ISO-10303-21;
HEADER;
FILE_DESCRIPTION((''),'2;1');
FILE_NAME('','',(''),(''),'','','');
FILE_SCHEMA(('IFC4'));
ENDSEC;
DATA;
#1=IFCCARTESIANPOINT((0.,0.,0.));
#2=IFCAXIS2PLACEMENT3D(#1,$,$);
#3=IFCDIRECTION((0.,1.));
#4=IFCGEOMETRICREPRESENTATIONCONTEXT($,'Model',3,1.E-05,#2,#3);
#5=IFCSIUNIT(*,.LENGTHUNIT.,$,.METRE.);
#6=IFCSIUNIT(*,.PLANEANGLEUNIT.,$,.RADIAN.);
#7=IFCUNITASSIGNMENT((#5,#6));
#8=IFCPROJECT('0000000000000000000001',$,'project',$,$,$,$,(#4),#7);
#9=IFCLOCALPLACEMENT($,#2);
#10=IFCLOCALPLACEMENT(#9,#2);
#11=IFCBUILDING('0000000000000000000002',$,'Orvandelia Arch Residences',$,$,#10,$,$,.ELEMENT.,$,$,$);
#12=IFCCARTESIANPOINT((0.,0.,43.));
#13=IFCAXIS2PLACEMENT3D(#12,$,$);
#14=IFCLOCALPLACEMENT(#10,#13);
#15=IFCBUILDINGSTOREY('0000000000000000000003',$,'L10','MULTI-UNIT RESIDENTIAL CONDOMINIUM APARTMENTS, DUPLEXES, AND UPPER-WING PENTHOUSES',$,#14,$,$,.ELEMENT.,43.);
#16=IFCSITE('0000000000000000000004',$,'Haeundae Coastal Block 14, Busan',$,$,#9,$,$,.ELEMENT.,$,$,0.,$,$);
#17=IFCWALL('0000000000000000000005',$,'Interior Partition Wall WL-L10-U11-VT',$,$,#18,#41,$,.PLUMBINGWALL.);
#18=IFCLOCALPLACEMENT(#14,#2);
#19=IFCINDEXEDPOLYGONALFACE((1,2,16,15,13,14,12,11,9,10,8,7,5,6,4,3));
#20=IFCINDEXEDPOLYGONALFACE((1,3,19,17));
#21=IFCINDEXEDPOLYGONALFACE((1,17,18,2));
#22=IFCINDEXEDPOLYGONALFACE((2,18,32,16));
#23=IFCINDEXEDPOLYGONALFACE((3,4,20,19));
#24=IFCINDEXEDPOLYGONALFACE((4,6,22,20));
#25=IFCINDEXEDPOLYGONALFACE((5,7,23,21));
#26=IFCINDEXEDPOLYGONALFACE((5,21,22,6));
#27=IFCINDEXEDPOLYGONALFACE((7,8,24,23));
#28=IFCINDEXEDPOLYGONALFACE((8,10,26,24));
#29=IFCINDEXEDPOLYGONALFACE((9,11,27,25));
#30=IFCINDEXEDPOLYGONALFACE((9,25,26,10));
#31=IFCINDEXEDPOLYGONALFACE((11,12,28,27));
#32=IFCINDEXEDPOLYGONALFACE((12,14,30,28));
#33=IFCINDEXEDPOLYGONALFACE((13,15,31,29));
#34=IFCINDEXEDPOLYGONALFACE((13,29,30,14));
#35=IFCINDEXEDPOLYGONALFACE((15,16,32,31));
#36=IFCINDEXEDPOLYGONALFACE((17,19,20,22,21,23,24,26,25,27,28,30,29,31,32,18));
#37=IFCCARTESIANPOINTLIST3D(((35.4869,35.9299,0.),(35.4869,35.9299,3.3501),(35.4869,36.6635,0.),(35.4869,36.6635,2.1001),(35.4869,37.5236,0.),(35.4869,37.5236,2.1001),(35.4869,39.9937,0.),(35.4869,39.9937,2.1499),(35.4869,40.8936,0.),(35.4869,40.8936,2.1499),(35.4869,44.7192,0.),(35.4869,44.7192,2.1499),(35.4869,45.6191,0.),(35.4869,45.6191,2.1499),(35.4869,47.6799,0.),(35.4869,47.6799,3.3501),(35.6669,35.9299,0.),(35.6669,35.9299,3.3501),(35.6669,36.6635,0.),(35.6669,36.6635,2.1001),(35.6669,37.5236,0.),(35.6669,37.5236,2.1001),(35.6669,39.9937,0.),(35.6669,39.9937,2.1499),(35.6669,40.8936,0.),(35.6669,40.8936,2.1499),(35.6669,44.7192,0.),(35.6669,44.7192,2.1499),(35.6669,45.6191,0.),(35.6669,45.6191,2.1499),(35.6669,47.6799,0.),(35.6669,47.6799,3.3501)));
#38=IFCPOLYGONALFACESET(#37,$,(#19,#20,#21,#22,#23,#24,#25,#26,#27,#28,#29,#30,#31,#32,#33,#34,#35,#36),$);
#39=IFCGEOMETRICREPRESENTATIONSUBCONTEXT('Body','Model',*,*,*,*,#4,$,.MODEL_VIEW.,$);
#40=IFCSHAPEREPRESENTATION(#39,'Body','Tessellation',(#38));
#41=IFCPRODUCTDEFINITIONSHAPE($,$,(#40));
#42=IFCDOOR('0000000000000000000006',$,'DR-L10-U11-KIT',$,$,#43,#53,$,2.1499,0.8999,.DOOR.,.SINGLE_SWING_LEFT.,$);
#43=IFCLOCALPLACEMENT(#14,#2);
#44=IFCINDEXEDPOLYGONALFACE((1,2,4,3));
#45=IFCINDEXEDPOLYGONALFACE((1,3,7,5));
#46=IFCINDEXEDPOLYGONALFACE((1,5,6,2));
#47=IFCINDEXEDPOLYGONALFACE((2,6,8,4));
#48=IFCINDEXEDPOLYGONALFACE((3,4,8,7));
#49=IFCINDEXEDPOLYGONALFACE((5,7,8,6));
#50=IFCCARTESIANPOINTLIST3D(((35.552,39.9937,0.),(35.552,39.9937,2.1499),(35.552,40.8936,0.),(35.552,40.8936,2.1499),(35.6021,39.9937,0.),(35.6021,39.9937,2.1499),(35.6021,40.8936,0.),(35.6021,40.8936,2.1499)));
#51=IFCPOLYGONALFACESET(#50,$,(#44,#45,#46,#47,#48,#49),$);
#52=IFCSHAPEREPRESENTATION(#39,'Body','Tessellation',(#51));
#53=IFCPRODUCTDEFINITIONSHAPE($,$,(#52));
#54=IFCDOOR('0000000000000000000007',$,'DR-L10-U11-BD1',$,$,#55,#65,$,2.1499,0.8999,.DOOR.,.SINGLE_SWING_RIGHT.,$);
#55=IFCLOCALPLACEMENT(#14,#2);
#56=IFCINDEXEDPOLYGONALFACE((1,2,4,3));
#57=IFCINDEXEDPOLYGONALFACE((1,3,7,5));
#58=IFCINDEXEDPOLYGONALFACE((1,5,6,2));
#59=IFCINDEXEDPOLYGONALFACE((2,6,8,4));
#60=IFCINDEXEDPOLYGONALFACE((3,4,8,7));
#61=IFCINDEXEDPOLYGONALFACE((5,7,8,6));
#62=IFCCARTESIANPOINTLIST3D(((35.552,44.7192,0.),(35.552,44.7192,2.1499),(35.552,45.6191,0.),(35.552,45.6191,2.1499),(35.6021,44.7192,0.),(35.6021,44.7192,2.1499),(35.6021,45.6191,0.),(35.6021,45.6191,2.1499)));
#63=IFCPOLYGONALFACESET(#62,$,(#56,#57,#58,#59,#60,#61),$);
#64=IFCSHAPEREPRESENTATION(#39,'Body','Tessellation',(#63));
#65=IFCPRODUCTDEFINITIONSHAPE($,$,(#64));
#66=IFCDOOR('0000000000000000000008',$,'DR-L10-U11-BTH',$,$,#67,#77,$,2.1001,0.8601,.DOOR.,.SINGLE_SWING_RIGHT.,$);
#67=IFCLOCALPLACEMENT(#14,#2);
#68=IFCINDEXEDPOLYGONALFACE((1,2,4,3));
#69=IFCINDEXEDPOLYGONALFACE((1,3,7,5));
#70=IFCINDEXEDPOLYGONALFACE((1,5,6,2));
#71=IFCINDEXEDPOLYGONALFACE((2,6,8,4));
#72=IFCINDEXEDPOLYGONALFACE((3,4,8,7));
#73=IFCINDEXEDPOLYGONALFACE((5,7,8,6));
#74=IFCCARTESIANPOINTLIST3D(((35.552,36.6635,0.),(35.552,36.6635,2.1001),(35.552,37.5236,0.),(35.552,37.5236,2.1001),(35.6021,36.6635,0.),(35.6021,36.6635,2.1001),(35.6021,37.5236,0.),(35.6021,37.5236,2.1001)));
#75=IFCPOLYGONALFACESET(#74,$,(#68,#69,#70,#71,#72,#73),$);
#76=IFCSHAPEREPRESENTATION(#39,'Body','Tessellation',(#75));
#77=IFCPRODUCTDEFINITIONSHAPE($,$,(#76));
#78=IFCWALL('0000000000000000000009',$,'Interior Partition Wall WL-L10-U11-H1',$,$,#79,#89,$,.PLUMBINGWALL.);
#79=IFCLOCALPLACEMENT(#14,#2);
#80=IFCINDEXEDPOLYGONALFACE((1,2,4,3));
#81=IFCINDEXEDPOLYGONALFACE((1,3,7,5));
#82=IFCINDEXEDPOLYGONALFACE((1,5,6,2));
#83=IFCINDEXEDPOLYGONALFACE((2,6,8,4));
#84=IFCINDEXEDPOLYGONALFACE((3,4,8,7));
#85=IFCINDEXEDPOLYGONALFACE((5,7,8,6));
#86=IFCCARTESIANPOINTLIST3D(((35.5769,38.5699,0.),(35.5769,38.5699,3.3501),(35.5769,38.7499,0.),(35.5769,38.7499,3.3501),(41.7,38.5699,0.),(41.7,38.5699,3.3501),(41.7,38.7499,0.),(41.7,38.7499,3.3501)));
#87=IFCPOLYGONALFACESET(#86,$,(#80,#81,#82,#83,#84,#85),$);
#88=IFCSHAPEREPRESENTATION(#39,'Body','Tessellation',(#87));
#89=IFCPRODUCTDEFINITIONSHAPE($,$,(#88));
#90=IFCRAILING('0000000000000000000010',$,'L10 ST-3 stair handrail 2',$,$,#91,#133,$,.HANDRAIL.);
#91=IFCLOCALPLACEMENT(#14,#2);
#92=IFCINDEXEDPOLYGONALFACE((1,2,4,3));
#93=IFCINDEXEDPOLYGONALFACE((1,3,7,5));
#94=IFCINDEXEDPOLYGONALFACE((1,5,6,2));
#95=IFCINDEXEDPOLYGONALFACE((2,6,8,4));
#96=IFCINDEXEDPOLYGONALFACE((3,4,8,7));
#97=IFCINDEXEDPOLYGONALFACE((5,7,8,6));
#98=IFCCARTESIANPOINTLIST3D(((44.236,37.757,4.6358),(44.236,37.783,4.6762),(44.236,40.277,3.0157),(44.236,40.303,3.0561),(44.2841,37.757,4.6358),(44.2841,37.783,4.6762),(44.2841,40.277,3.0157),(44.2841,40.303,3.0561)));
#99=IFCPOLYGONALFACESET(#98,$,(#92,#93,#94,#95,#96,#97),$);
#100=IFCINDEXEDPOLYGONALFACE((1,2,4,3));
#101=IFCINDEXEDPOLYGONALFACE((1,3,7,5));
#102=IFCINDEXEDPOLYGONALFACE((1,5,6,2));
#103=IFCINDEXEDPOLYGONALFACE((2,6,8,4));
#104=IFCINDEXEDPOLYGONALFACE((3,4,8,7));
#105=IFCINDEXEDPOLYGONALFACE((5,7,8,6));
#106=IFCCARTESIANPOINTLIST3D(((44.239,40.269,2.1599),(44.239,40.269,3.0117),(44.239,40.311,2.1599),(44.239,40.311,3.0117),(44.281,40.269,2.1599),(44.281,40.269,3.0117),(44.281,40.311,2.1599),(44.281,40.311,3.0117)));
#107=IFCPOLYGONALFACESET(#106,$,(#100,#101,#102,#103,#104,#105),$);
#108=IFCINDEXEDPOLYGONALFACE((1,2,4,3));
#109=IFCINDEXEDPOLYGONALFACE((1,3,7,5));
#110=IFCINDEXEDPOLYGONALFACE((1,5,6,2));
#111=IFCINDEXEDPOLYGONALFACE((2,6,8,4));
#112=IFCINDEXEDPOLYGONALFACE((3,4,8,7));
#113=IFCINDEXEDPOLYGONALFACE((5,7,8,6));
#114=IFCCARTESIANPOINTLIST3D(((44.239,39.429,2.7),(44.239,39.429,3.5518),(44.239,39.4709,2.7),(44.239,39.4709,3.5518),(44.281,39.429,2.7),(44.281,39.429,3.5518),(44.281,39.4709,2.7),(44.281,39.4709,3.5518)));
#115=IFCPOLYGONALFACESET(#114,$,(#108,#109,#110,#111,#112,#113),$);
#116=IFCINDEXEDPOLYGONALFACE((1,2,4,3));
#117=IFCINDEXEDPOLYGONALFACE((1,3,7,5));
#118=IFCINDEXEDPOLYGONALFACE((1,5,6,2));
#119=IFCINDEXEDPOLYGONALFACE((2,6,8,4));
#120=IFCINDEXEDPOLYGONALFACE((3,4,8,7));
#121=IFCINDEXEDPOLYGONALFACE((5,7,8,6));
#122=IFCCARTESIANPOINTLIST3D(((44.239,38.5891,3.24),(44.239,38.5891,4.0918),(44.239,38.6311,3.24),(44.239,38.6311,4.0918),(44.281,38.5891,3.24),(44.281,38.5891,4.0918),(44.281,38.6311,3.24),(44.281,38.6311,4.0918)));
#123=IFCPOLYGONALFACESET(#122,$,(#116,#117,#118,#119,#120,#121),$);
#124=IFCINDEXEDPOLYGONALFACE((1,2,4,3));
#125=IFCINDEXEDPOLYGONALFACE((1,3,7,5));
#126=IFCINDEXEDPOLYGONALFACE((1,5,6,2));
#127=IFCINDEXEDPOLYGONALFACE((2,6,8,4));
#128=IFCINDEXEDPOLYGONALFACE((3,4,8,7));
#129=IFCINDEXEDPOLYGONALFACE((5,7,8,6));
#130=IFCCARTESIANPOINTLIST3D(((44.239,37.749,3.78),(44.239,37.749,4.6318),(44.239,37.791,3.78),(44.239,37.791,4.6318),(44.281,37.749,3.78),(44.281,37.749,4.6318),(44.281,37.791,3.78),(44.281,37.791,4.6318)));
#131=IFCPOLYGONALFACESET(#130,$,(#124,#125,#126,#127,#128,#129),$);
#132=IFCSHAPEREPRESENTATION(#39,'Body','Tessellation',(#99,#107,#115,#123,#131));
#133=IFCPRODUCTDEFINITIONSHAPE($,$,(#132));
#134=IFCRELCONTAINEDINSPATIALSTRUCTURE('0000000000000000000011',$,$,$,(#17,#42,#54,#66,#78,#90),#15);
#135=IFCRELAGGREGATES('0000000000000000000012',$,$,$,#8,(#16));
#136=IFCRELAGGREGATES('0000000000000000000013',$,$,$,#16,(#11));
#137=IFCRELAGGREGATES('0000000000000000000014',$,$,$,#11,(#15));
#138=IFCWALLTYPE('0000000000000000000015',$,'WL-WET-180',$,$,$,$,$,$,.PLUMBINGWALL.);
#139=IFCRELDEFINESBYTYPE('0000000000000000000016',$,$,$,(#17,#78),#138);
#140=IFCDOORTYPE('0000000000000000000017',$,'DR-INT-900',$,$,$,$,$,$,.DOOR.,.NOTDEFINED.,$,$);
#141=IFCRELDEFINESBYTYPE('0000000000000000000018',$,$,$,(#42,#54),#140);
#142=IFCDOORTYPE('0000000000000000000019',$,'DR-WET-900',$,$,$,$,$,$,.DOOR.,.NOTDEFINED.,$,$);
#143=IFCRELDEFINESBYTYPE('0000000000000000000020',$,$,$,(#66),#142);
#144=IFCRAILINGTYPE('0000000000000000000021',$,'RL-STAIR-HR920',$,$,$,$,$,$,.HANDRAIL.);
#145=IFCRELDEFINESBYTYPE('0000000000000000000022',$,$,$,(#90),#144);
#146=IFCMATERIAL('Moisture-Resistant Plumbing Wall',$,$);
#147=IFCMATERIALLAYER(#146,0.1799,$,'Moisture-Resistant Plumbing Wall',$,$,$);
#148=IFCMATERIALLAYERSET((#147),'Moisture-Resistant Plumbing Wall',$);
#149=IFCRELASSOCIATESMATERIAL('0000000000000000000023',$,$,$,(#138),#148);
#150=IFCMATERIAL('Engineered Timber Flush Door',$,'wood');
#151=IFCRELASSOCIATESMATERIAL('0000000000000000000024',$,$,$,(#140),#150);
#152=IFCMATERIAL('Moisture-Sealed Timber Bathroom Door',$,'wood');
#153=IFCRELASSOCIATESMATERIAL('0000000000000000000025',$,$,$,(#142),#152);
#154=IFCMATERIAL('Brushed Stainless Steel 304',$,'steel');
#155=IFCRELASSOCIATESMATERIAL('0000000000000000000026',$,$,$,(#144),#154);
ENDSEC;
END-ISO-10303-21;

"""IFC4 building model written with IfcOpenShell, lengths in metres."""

from ifc_helpers import new_model, si_unit, direction, frame, frame_2d, origin, origin_2d, place, context, subcontext, project, spatial, rectangle, extrude, material, layer, layer_set, type_object, element, fill, save


model = new_model("IFC4")

# Units and contexts
model_context = context("Model", 3, precision=1e-05, world=origin(), true_north=direction((0.0, 1.0)))
body_context = subcontext(model_context, "Body", "Model", "MODEL_VIEW")
ifc_project = project(units=[si_unit("LENGTHUNIT", "METRE"), si_unit("PLANEANGLEUNIT", "RADIAN")], contexts=[model_context])

# Site, building, storey
site_placement = place(None, origin())
site = spatial("IfcSite", under=ifc_project, at=site_placement, Name="Haeundae Coastal Block 14, Busan", CompositionType="ELEMENT", RefElevation=0.0)
building_placement = place(site_placement, origin())
building = spatial("IfcBuilding", under=site, at=building_placement, Name="Orvandelia Arch Residences", CompositionType="ELEMENT")
storey_placement = place(building_placement, frame((0.0, 0.0, 43.0)))
storey = spatial("IfcBuildingStorey", under=building, at=storey_placement, Name="L10", Description="MULTI-UNIT RESIDENTIAL CONDOMINIUM APARTMENTS, DUPLEXES, AND UPPER-WING PENTHOUSES", CompositionType="ELEMENT", Elevation=43.0)

# Wall, openings, doors
ifc_material_1 = material(Name="Moisture-Resistant Plumbing Wall")
ifc_layer_1 = layer(ifc_material_1, 0.1799, Name="Moisture-Resistant Plumbing Wall")
ifc_layer_set_1 = layer_set([ifc_layer_1], Name="Moisture-Resistant Plumbing Wall")
wall_type_1 = type_object("IfcWallType", Name="WL-WET-180", PredefinedType="PLUMBINGWALL", material=ifc_layer_set_1)
wall_1_placement = place(storey_placement, frame((35.5769, 35.9299, 0.0), z_axis=(0.0, 0.0, 1.0), x_axis=(0.0, 1.0, 0.0)))
wall_1 = element("IfcWall", 1, at=wall_1_placement, inside=storey, type_object=wall_type_1, Name="Interior Partition Wall WL-L10-U11-VT", PredefinedType="PLUMBINGWALL", context=body_context, shape_type="SweptSolid", body=[
    extrude(rectangle(XDim=11.75, YDim=0.1799, at=frame_2d((5.875, 0.0))), origin(), (0.0, 0.0, 1.0), 3.3501),
])
opening_1_placement = place(wall_1_placement, frame((0.7334, 0.0, 0.0)))
opening_1 = element("IfcOpeningElement", 2, at=opening_1_placement, cuts=wall_1, PredefinedType="OPENING", context=body_context, shape_type="SweptSolid", body=[
    extrude(rectangle(XDim=0.8601, YDim=2.1001, at=frame_2d((0.4302, 1.05))), frame((0.0, 0.1001, 0.0), z_axis=(0.0, -1.0, 0.0), x_axis=(1.0, 0.0, 0.0)), (0.0, 0.0, 1.0), 0.2),
])
opening_2_placement = place(wall_1_placement, frame((4.0637, 0.0, 0.0)))
opening_2 = element("IfcOpeningElement", 3, at=opening_2_placement, cuts=wall_1, PredefinedType="OPENING", context=body_context, shape_type="SweptSolid", body=[
    extrude(rectangle(XDim=0.8999, YDim=2.1499, at=frame_2d((0.45, 1.075))), frame((0.0, 0.1001, 0.0), z_axis=(0.0, -1.0, 0.0), x_axis=(1.0, 0.0, 0.0)), (0.0, 0.0, 1.0), 0.2),
])
opening_3_placement = place(wall_1_placement, frame((8.7893, 0.0, 0.0)))
opening_3 = element("IfcOpeningElement", 4, at=opening_3_placement, cuts=wall_1, PredefinedType="OPENING", context=body_context, shape_type="SweptSolid", body=[
    extrude(rectangle(XDim=0.8999, YDim=2.1499, at=frame_2d((0.45, 1.075))), frame((0.0, 0.1001, 0.0), z_axis=(0.0, -1.0, 0.0), x_axis=(1.0, 0.0, 0.0)), (0.0, 0.0, 1.0), 0.2),
])
ifc_material_2 = material(Name="Engineered Timber Flush Door", Category="wood")
door_type_1 = type_object("IfcDoorType", Name="DR-INT-900", OperationType="NOTDEFINED", PredefinedType="DOOR", material=ifc_material_2)
door_1_placement = place(opening_2_placement, origin())
door_1 = element("IfcDoor", 5, at=door_1_placement, inside=storey, type_object=door_type_1, Name="DR-L10-U11-KIT", OperationType="SINGLE_SWING_LEFT", OverallHeight=2.1499, OverallWidth=0.8999, PredefinedType="DOOR", context=body_context, shape_type="SweptSolid", body=[
    extrude(rectangle(XDim=0.8999, YDim=2.1499, at=frame_2d((0.45, 1.075))), frame((0.0, 0.0249, 0.0), z_axis=(0.0, -1.0, 0.0), x_axis=(1.0, 0.0, 0.0)), (0.0, 0.0, 1.0), 0.05),
])
fill(opening_2, door_1)
door_2_placement = place(opening_3_placement, origin())
door_2 = element("IfcDoor", 6, at=door_2_placement, inside=storey, type_object=door_type_1, Name="DR-L10-U11-BD1", OperationType="SINGLE_SWING_RIGHT", OverallHeight=2.1499, OverallWidth=0.8999, PredefinedType="DOOR", context=body_context, shape_type="SweptSolid", body=[
    extrude(rectangle(XDim=0.8999, YDim=2.1499, at=frame_2d((0.45, 1.075))), frame((0.0, 0.0249, 0.0), z_axis=(0.0, -1.0, 0.0), x_axis=(1.0, 0.0, 0.0)), (0.0, 0.0, 1.0), 0.05),
])
fill(opening_3, door_2)
ifc_material_3 = material(Name="Moisture-Sealed Timber Bathroom Door", Category="wood")
door_type_2 = type_object("IfcDoorType", Name="DR-WET-900", OperationType="NOTDEFINED", PredefinedType="DOOR", material=ifc_material_3)
door_3_placement = place(opening_1_placement, origin())
door_3 = element("IfcDoor", 7, at=door_3_placement, inside=storey, type_object=door_type_2, Name="DR-L10-U11-BTH", OperationType="SINGLE_SWING_RIGHT", OverallHeight=2.1001, OverallWidth=0.8601, PredefinedType="DOOR", context=body_context, shape_type="SweptSolid", body=[
    extrude(rectangle(XDim=0.8601, YDim=2.1001, at=frame_2d((0.4302, 1.05))), frame((0.0, 0.0249, 0.0), z_axis=(0.0, -1.0, 0.0), x_axis=(1.0, 0.0, 0.0)), (0.0, 0.0, 1.0), 0.05),
])
fill(opening_1, door_3)

# Wall
wall_2_placement = place(storey_placement, frame((35.5769, 38.6599, 0.0), z_axis=(0.0, 0.0, 1.0), x_axis=(1.0, 0.0, 0.0)))
element("IfcWall", 8, at=wall_2_placement, inside=storey, type_object=wall_type_1, Name="Interior Partition Wall WL-L10-U11-H1", PredefinedType="PLUMBINGWALL", context=body_context, shape_type="SweptSolid", body=[
    extrude(rectangle(XDim=6.123, YDim=0.1799, at=frame_2d((3.0615, 0.0))), origin(), (0.0, 0.0, 1.0), 3.3501),
])

# Railing
ifc_material_4 = material(Name="Brushed Stainless Steel 304", Category="steel")
railing_type = type_object("IfcRailingType", Name="RL-STAIR-HR920", PredefinedType="HANDRAIL", material=ifc_material_4)
railing_placement = place(storey_placement, frame((44.26, 40.29, 2.1599)))
element("IfcRailing", 9, at=railing_placement, inside=storey, type_object=railing_type, Name="L10 ST-3 stair handrail 2", PredefinedType="HANDRAIL", context=body_context, shape_type="SweptSolid", body=[
    extrude(rectangle(XDim=0.0481, YDim=0.0481, at=origin_2d()), frame((0.0, 0.0, 0.876), z_axis=(0.0, -0.841163, 0.540782), x_axis=(1.0, 0.0, 0.0)), (0.0, 0.0, 1.0), 2.9958),
    extrude(rectangle(XDim=0.042, YDim=0.042, at=origin_2d()), origin(), (0.0, 0.0, 1.0), 0.8518),
    extrude(rectangle(XDim=0.042, YDim=0.042, at=origin_2d()), frame((0.0, -0.8401, 0.54)), (0.0, 0.0, 1.0), 0.8518),
    extrude(rectangle(XDim=0.042, YDim=0.042, at=origin_2d()), frame((0.0, -1.6799, 1.0801)), (0.0, 0.0, 1.0), 0.8518),
    extrude(rectangle(XDim=0.042, YDim=0.042, at=origin_2d()), frame((0.0, -2.52, 1.6201)), (0.0, 0.0, 1.0), 0.8518),
])

save(model, "model.ifc")
